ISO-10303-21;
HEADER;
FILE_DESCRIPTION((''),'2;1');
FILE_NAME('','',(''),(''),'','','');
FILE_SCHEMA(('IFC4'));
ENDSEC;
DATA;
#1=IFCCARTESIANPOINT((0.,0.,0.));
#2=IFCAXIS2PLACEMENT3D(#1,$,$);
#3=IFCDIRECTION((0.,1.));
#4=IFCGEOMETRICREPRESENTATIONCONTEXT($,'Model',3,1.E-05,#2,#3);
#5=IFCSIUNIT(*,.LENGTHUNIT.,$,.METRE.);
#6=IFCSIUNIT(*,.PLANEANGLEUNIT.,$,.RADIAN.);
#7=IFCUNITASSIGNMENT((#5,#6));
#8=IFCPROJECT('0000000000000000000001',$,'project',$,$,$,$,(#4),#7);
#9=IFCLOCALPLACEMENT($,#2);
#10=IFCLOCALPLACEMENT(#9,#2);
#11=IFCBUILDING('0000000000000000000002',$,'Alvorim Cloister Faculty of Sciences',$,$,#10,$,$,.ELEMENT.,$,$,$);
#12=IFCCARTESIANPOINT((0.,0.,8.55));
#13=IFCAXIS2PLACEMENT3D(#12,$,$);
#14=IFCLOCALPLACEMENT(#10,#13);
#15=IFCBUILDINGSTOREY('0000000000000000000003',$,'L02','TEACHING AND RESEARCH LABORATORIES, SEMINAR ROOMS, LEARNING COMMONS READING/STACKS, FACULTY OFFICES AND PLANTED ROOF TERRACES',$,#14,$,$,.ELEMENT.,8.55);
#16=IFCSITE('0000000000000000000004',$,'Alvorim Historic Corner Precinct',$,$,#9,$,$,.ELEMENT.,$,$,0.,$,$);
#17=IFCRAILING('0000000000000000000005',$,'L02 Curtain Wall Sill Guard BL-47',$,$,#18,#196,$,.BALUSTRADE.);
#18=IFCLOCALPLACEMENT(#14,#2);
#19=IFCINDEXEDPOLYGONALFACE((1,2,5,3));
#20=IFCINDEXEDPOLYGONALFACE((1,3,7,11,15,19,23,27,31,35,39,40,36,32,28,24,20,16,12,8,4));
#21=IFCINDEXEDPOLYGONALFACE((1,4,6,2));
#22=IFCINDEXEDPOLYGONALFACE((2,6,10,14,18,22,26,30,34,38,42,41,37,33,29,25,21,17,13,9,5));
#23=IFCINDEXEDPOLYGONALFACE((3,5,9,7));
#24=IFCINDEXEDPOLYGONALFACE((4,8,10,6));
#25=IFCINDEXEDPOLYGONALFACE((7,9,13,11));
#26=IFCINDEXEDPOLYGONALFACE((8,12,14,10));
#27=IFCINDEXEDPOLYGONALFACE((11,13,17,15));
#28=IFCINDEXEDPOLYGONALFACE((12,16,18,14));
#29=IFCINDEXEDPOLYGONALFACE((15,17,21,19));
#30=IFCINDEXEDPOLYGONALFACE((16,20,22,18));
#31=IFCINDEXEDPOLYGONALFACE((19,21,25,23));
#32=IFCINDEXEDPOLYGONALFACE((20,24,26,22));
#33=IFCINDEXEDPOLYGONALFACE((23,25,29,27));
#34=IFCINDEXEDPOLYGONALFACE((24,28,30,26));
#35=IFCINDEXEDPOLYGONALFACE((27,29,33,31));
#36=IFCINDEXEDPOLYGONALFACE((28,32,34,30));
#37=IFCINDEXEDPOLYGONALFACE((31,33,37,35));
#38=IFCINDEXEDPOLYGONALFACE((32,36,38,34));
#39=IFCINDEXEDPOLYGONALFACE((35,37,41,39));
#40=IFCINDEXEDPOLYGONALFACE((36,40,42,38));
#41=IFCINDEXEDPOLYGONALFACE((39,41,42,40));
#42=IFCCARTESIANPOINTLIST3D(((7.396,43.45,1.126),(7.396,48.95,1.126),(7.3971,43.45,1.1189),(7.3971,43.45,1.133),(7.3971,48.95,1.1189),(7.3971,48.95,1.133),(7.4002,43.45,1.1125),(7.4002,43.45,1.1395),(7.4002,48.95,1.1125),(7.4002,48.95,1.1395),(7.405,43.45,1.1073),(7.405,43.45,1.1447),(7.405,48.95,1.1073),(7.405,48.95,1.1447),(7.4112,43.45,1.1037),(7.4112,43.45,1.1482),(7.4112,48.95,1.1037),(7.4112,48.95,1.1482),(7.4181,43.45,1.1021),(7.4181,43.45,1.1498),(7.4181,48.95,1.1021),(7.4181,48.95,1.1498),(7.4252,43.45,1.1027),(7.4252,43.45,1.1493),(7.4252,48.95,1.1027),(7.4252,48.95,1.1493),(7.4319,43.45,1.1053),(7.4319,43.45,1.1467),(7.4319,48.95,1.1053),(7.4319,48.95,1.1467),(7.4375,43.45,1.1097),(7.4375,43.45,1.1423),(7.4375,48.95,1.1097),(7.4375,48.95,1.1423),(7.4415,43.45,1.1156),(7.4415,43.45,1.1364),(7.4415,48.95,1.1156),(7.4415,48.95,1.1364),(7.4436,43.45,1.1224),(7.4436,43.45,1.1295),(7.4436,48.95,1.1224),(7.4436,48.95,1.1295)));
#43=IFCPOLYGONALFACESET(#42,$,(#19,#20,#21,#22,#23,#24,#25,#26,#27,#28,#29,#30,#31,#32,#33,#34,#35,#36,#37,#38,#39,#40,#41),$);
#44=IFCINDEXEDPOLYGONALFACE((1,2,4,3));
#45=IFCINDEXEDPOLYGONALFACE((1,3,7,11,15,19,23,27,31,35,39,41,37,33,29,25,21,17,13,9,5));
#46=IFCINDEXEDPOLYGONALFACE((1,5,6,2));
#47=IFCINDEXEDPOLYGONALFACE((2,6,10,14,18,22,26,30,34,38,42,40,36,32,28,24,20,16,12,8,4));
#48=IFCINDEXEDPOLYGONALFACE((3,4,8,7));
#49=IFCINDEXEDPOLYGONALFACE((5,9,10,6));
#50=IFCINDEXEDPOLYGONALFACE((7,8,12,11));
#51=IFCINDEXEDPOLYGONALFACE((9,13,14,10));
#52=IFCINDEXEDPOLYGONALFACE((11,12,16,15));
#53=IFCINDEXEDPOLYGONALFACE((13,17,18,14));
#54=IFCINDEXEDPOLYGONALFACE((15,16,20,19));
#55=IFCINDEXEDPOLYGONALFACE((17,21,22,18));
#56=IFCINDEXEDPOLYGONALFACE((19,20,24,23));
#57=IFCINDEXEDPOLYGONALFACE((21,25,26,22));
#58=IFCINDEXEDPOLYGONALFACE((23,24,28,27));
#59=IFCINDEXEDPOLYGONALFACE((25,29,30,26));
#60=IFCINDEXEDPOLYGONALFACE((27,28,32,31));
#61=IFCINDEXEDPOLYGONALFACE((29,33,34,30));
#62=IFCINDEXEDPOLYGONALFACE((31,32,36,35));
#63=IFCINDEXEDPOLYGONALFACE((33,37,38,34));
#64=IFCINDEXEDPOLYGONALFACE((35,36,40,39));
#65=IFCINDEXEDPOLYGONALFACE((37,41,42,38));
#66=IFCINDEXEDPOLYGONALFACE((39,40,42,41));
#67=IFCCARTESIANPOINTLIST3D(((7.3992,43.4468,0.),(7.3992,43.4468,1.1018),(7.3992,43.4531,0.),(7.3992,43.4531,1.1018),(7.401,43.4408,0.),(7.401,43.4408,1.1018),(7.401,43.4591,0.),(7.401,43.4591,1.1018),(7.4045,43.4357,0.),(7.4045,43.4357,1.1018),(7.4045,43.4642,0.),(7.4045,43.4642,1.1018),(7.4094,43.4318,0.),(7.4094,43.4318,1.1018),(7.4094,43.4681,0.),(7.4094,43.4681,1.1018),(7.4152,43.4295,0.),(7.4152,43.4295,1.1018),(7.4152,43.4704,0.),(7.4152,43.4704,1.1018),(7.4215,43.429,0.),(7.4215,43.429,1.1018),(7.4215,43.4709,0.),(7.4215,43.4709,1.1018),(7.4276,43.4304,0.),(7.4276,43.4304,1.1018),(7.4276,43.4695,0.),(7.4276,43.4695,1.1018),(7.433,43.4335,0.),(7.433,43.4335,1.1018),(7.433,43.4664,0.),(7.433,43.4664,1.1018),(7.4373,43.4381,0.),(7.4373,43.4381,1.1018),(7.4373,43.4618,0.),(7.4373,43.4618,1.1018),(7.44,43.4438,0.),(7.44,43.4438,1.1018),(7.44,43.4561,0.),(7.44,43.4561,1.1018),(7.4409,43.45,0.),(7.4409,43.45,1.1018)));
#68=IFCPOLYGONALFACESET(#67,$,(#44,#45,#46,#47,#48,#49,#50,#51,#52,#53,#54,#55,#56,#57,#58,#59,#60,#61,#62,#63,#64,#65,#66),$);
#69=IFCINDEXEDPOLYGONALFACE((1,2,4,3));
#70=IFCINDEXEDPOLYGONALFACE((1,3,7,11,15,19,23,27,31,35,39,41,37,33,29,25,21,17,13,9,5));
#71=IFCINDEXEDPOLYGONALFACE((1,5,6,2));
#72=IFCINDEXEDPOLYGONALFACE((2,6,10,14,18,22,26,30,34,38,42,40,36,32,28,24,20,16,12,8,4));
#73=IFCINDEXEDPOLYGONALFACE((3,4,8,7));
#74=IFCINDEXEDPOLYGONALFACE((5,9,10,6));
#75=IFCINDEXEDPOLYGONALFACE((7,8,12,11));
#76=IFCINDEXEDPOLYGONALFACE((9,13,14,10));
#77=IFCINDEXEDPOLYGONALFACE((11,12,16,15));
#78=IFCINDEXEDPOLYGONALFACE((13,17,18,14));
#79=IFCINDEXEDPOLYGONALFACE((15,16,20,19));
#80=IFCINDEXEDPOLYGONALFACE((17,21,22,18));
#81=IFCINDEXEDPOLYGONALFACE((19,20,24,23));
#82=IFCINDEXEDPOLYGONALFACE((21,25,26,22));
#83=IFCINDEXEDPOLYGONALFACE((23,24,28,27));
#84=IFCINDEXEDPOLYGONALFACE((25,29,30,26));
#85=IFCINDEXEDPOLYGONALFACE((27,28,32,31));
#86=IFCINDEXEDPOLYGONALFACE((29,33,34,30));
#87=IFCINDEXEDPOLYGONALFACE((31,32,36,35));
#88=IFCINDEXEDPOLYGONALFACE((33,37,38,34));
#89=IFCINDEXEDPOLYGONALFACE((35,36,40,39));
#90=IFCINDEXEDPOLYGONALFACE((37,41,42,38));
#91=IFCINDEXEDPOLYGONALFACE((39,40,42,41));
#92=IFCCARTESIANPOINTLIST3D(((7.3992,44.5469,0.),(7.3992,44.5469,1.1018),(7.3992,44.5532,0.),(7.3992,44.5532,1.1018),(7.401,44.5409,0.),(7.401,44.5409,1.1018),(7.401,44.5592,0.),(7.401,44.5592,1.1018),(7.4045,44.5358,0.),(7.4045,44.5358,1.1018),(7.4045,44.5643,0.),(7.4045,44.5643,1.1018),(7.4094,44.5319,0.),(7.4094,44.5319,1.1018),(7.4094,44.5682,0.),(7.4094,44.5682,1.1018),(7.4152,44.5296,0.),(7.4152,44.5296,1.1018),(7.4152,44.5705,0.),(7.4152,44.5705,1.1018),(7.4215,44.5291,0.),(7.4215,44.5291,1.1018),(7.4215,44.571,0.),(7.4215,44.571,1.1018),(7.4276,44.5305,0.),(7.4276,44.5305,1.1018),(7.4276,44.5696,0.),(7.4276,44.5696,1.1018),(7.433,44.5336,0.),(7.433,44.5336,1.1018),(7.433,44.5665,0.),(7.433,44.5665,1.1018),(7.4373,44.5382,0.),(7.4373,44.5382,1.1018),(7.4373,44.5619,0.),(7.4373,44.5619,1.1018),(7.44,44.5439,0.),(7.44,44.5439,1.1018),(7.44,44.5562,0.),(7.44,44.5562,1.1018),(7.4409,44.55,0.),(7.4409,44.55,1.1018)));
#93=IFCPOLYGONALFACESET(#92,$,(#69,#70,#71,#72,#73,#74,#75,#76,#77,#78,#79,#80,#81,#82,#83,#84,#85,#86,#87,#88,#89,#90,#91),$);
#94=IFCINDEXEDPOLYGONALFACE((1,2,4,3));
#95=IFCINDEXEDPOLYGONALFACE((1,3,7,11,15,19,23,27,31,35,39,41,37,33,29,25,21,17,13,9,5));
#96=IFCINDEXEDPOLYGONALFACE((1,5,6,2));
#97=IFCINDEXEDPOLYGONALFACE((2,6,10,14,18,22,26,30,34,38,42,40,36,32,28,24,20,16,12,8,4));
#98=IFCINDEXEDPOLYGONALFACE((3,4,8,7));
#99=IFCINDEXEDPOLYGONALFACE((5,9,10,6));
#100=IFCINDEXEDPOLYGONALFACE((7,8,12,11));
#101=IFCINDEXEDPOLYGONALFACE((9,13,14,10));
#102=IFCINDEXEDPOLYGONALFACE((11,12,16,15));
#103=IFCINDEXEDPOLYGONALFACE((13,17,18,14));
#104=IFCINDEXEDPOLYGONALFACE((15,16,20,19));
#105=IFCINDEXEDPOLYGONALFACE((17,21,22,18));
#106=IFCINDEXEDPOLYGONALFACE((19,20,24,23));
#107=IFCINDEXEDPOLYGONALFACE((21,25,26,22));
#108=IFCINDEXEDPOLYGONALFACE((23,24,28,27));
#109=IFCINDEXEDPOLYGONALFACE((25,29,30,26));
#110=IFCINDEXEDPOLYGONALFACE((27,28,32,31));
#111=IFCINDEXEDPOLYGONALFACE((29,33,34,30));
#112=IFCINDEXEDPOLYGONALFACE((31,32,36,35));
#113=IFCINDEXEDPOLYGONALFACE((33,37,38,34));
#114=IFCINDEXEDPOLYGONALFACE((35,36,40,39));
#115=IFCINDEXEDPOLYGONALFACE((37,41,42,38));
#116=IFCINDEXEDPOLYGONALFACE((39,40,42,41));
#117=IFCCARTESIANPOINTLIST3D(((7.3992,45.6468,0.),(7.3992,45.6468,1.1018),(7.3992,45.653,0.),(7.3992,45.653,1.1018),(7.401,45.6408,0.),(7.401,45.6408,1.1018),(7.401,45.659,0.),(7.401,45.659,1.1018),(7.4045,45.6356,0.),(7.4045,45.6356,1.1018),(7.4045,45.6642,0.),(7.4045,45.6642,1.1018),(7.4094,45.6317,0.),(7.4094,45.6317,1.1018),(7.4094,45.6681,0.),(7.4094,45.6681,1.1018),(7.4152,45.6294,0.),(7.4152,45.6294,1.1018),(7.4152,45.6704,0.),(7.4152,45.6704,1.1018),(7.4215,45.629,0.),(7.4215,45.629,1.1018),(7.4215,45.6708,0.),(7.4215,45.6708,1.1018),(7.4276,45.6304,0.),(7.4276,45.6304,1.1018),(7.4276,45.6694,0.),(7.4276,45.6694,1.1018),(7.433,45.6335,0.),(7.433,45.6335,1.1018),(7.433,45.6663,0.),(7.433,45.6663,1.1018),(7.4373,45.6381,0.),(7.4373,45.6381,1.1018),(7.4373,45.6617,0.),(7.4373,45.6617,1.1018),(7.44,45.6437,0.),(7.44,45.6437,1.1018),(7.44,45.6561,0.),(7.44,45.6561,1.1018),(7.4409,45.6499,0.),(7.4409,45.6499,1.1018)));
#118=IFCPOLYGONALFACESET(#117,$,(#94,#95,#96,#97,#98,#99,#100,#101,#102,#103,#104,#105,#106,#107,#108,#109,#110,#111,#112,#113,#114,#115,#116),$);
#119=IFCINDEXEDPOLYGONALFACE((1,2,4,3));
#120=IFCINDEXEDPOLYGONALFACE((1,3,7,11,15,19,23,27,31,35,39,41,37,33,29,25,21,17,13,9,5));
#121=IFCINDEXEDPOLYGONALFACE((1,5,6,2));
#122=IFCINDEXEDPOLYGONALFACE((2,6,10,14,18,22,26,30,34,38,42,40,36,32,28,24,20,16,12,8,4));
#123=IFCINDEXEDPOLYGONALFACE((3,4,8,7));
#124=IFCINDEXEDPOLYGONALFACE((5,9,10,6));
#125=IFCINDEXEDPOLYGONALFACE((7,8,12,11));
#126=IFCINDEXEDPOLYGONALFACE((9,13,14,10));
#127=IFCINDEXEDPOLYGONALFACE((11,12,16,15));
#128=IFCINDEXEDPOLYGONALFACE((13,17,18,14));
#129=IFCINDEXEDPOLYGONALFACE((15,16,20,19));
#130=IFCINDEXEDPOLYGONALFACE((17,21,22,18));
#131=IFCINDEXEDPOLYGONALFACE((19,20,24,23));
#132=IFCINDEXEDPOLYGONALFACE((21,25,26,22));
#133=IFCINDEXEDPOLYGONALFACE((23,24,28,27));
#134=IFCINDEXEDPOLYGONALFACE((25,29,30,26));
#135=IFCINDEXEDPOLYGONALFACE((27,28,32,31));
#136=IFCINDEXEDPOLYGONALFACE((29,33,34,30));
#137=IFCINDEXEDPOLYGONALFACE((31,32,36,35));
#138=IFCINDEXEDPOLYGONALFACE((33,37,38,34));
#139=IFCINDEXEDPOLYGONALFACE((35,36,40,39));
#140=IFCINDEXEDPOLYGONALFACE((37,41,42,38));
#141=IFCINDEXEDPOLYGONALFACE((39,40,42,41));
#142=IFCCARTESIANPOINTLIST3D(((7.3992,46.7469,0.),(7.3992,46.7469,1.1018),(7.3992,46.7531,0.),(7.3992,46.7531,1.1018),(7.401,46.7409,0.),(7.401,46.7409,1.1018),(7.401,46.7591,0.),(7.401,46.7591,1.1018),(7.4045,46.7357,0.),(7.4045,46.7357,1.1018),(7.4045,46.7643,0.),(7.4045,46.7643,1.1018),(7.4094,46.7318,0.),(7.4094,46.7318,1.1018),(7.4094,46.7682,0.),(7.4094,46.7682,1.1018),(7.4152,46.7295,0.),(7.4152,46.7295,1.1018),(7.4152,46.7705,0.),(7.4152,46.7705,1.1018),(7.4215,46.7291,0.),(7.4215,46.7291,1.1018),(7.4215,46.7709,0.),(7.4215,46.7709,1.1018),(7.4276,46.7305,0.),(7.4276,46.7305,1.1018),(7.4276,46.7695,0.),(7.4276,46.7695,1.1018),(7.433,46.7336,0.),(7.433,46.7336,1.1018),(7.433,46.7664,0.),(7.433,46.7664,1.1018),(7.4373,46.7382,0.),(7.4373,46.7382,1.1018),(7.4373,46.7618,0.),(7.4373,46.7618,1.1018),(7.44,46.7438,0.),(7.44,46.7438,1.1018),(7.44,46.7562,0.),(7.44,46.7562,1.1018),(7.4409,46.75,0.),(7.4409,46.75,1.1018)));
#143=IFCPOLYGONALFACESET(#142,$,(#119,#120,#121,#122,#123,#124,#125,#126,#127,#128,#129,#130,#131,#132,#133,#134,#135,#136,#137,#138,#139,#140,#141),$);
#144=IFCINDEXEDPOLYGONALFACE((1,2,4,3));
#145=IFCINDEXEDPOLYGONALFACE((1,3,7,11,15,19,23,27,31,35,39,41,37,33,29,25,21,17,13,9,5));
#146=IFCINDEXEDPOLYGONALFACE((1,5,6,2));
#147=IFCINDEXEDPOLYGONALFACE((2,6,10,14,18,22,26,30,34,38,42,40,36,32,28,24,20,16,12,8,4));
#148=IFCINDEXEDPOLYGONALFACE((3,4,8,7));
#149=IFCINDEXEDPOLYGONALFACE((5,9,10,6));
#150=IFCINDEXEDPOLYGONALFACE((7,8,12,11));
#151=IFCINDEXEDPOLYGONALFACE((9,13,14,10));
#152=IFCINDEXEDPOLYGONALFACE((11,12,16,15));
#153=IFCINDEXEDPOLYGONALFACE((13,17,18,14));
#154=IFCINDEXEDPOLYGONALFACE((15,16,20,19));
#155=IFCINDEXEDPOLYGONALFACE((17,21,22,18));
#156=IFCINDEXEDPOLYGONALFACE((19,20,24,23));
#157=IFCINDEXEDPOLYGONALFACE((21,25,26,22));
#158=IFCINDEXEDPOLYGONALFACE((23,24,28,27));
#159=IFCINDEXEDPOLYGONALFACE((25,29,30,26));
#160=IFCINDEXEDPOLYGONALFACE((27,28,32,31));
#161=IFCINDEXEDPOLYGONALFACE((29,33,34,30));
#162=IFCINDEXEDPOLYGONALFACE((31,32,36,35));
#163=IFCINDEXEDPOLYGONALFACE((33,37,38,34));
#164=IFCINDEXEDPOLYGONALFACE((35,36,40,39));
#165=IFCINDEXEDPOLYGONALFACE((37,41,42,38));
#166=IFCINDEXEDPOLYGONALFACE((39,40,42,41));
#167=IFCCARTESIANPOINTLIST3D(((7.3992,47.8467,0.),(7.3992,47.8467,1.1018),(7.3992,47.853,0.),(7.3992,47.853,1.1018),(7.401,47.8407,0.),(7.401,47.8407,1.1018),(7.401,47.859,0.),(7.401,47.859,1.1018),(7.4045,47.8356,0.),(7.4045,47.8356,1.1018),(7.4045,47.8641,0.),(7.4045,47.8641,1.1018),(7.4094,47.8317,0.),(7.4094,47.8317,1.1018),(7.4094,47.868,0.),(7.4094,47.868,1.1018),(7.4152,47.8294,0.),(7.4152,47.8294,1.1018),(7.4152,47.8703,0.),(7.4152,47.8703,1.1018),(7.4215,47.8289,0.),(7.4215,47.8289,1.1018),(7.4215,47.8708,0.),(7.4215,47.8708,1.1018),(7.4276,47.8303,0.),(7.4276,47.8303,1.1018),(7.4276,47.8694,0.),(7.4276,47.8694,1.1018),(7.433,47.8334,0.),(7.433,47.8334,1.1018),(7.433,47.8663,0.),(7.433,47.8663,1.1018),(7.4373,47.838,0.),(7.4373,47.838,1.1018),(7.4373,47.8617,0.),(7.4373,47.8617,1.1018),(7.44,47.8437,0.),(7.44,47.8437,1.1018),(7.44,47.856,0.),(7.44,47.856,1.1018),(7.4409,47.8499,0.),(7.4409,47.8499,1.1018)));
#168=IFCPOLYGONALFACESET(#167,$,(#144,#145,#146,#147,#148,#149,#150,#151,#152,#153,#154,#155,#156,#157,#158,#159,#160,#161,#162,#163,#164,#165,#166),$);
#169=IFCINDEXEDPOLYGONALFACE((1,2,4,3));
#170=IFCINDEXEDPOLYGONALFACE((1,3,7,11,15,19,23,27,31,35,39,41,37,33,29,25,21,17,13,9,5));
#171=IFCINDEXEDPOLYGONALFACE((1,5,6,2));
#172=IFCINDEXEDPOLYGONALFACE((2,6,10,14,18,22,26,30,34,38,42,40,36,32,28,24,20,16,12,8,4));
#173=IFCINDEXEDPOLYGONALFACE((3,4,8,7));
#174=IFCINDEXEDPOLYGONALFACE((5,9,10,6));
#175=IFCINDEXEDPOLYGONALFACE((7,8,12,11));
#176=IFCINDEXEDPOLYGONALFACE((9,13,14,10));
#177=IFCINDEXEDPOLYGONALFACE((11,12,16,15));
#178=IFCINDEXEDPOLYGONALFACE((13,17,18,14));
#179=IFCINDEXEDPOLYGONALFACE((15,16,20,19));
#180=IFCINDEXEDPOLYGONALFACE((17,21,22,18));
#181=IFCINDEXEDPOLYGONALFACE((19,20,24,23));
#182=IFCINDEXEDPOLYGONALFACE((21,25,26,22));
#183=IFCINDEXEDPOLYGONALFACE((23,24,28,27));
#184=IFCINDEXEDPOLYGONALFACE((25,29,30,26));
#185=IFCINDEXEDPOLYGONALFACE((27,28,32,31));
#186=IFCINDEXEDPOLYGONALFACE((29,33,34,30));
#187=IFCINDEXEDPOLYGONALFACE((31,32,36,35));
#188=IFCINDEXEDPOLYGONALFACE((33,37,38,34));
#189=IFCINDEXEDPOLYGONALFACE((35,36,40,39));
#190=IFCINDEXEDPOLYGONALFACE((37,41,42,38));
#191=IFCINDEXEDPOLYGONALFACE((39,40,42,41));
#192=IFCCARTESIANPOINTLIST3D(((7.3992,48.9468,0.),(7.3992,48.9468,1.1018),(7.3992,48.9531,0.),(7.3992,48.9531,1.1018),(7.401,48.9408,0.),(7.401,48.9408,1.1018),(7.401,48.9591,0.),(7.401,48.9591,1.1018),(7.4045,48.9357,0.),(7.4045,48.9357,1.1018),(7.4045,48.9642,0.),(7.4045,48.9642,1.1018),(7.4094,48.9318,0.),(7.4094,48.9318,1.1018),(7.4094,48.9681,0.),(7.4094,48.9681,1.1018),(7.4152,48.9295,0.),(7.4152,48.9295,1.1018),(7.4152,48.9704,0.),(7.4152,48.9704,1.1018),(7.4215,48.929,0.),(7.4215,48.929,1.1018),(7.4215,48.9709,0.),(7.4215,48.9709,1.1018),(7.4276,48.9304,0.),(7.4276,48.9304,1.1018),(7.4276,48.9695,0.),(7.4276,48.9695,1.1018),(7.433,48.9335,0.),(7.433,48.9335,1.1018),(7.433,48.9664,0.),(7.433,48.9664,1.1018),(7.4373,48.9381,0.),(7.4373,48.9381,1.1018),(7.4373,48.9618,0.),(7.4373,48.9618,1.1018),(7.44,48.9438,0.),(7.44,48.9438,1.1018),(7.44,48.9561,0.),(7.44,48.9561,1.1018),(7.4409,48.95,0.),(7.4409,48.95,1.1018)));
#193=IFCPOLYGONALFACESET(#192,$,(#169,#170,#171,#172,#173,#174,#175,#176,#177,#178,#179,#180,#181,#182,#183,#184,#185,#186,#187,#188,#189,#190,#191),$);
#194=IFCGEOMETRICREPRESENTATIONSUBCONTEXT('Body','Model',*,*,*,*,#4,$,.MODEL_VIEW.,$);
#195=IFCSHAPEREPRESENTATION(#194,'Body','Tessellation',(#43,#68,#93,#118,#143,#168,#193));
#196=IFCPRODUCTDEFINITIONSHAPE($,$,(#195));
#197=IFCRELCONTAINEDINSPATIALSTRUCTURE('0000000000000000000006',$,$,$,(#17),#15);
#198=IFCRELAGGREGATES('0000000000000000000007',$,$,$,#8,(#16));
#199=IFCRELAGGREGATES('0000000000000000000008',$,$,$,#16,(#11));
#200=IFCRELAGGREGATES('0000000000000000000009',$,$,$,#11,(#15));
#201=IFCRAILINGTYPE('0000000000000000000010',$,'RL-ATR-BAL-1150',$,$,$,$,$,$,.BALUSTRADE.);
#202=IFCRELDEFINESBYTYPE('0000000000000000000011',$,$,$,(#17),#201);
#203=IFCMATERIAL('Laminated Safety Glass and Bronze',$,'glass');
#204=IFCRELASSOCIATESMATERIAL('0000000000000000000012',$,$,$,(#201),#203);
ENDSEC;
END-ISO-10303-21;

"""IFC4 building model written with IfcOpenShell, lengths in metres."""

from ifc_helpers import new_model, si_unit, direction, frame, origin, origin_2d, place, context, subcontext, project, spatial, circle, extrude, material, type_object, element, save


model = new_model("IFC4")

# Units and contexts
model_context = context("Model", 3, precision=1e-05, world=origin(), true_north=direction((0.0, 1.0)))
body_context = subcontext(model_context, "Body", "Model", "MODEL_VIEW")
ifc_project = project(units=[si_unit("LENGTHUNIT", "METRE"), si_unit("PLANEANGLEUNIT", "RADIAN")], contexts=[model_context])

# Site, building, storey
site_placement = place(None, origin())
site = spatial("IfcSite", under=ifc_project, at=site_placement, Name="Alvorim Historic Corner Precinct", CompositionType="ELEMENT", RefElevation=0.0)
building_placement = place(site_placement, origin())
building = spatial("IfcBuilding", under=site, at=building_placement, Name="Alvorim Cloister Faculty of Sciences", CompositionType="ELEMENT")
storey_placement = place(building_placement, frame((0.0, 0.0, 8.55)))
storey = spatial("IfcBuildingStorey", under=building, at=storey_placement, Name="L02", Description="TEACHING AND RESEARCH LABORATORIES, SEMINAR ROOMS, LEARNING COMMONS READING/STACKS, FACULTY OFFICES AND PLANTED ROOF TERRACES", CompositionType="ELEMENT", Elevation=8.55)

# Railing
ifc_material_1 = material(Name="Laminated Safety Glass and Bronze", Category="glass")
railing_type_1 = type_object("IfcRailingType", Name="RL-ATR-BAL-1150", PredefinedType="BALUSTRADE", material=ifc_material_1)
railing_1_placement = place(storey_placement, frame((7.4199, 43.45, 0.0)))
element("IfcRailing", 1, at=railing_1_placement, inside=storey, type_object=railing_type_1, Name="L02 Curtain Wall Sill Guard BL-47", PredefinedType="BALUSTRADE", context=body_context, shape_type="SweptSolid", body=[
    extrude(circle(Radius=0.0239, at=origin_2d()), frame((0.0, 0.0, 1.126), z_axis=(0.0, 1.0, 0.0), x_axis=(-1.0, 0.0, 0.0)), (0.0, 0.0, 1.0), 5.5),
    extrude(circle(Radius=0.021, at=origin_2d()), origin(), (0.0, 0.0, 1.0), 1.1018),
    extrude(circle(Radius=0.021, at=origin_2d()), frame((0.0, 1.1001, 0.0)), (0.0, 0.0, 1.0), 1.1018),
    extrude(circle(Radius=0.021, at=origin_2d()), frame((0.0, 2.2, 0.0)), (0.0, 0.0, 1.0), 1.1018),
    extrude(circle(Radius=0.021, at=origin_2d()), frame((0.0, 3.3, 0.0)), (0.0, 0.0, 1.0), 1.1018),
    extrude(circle(Radius=0.021, at=origin_2d()), frame((0.0, 4.3999, 0.0)), (0.0, 0.0, 1.0), 1.1018),
    extrude(circle(Radius=0.021, at=origin_2d()), frame((0.0, 5.5, 0.0)), (0.0, 0.0, 1.0), 1.1018),
])

save(model, "model.ifc")
